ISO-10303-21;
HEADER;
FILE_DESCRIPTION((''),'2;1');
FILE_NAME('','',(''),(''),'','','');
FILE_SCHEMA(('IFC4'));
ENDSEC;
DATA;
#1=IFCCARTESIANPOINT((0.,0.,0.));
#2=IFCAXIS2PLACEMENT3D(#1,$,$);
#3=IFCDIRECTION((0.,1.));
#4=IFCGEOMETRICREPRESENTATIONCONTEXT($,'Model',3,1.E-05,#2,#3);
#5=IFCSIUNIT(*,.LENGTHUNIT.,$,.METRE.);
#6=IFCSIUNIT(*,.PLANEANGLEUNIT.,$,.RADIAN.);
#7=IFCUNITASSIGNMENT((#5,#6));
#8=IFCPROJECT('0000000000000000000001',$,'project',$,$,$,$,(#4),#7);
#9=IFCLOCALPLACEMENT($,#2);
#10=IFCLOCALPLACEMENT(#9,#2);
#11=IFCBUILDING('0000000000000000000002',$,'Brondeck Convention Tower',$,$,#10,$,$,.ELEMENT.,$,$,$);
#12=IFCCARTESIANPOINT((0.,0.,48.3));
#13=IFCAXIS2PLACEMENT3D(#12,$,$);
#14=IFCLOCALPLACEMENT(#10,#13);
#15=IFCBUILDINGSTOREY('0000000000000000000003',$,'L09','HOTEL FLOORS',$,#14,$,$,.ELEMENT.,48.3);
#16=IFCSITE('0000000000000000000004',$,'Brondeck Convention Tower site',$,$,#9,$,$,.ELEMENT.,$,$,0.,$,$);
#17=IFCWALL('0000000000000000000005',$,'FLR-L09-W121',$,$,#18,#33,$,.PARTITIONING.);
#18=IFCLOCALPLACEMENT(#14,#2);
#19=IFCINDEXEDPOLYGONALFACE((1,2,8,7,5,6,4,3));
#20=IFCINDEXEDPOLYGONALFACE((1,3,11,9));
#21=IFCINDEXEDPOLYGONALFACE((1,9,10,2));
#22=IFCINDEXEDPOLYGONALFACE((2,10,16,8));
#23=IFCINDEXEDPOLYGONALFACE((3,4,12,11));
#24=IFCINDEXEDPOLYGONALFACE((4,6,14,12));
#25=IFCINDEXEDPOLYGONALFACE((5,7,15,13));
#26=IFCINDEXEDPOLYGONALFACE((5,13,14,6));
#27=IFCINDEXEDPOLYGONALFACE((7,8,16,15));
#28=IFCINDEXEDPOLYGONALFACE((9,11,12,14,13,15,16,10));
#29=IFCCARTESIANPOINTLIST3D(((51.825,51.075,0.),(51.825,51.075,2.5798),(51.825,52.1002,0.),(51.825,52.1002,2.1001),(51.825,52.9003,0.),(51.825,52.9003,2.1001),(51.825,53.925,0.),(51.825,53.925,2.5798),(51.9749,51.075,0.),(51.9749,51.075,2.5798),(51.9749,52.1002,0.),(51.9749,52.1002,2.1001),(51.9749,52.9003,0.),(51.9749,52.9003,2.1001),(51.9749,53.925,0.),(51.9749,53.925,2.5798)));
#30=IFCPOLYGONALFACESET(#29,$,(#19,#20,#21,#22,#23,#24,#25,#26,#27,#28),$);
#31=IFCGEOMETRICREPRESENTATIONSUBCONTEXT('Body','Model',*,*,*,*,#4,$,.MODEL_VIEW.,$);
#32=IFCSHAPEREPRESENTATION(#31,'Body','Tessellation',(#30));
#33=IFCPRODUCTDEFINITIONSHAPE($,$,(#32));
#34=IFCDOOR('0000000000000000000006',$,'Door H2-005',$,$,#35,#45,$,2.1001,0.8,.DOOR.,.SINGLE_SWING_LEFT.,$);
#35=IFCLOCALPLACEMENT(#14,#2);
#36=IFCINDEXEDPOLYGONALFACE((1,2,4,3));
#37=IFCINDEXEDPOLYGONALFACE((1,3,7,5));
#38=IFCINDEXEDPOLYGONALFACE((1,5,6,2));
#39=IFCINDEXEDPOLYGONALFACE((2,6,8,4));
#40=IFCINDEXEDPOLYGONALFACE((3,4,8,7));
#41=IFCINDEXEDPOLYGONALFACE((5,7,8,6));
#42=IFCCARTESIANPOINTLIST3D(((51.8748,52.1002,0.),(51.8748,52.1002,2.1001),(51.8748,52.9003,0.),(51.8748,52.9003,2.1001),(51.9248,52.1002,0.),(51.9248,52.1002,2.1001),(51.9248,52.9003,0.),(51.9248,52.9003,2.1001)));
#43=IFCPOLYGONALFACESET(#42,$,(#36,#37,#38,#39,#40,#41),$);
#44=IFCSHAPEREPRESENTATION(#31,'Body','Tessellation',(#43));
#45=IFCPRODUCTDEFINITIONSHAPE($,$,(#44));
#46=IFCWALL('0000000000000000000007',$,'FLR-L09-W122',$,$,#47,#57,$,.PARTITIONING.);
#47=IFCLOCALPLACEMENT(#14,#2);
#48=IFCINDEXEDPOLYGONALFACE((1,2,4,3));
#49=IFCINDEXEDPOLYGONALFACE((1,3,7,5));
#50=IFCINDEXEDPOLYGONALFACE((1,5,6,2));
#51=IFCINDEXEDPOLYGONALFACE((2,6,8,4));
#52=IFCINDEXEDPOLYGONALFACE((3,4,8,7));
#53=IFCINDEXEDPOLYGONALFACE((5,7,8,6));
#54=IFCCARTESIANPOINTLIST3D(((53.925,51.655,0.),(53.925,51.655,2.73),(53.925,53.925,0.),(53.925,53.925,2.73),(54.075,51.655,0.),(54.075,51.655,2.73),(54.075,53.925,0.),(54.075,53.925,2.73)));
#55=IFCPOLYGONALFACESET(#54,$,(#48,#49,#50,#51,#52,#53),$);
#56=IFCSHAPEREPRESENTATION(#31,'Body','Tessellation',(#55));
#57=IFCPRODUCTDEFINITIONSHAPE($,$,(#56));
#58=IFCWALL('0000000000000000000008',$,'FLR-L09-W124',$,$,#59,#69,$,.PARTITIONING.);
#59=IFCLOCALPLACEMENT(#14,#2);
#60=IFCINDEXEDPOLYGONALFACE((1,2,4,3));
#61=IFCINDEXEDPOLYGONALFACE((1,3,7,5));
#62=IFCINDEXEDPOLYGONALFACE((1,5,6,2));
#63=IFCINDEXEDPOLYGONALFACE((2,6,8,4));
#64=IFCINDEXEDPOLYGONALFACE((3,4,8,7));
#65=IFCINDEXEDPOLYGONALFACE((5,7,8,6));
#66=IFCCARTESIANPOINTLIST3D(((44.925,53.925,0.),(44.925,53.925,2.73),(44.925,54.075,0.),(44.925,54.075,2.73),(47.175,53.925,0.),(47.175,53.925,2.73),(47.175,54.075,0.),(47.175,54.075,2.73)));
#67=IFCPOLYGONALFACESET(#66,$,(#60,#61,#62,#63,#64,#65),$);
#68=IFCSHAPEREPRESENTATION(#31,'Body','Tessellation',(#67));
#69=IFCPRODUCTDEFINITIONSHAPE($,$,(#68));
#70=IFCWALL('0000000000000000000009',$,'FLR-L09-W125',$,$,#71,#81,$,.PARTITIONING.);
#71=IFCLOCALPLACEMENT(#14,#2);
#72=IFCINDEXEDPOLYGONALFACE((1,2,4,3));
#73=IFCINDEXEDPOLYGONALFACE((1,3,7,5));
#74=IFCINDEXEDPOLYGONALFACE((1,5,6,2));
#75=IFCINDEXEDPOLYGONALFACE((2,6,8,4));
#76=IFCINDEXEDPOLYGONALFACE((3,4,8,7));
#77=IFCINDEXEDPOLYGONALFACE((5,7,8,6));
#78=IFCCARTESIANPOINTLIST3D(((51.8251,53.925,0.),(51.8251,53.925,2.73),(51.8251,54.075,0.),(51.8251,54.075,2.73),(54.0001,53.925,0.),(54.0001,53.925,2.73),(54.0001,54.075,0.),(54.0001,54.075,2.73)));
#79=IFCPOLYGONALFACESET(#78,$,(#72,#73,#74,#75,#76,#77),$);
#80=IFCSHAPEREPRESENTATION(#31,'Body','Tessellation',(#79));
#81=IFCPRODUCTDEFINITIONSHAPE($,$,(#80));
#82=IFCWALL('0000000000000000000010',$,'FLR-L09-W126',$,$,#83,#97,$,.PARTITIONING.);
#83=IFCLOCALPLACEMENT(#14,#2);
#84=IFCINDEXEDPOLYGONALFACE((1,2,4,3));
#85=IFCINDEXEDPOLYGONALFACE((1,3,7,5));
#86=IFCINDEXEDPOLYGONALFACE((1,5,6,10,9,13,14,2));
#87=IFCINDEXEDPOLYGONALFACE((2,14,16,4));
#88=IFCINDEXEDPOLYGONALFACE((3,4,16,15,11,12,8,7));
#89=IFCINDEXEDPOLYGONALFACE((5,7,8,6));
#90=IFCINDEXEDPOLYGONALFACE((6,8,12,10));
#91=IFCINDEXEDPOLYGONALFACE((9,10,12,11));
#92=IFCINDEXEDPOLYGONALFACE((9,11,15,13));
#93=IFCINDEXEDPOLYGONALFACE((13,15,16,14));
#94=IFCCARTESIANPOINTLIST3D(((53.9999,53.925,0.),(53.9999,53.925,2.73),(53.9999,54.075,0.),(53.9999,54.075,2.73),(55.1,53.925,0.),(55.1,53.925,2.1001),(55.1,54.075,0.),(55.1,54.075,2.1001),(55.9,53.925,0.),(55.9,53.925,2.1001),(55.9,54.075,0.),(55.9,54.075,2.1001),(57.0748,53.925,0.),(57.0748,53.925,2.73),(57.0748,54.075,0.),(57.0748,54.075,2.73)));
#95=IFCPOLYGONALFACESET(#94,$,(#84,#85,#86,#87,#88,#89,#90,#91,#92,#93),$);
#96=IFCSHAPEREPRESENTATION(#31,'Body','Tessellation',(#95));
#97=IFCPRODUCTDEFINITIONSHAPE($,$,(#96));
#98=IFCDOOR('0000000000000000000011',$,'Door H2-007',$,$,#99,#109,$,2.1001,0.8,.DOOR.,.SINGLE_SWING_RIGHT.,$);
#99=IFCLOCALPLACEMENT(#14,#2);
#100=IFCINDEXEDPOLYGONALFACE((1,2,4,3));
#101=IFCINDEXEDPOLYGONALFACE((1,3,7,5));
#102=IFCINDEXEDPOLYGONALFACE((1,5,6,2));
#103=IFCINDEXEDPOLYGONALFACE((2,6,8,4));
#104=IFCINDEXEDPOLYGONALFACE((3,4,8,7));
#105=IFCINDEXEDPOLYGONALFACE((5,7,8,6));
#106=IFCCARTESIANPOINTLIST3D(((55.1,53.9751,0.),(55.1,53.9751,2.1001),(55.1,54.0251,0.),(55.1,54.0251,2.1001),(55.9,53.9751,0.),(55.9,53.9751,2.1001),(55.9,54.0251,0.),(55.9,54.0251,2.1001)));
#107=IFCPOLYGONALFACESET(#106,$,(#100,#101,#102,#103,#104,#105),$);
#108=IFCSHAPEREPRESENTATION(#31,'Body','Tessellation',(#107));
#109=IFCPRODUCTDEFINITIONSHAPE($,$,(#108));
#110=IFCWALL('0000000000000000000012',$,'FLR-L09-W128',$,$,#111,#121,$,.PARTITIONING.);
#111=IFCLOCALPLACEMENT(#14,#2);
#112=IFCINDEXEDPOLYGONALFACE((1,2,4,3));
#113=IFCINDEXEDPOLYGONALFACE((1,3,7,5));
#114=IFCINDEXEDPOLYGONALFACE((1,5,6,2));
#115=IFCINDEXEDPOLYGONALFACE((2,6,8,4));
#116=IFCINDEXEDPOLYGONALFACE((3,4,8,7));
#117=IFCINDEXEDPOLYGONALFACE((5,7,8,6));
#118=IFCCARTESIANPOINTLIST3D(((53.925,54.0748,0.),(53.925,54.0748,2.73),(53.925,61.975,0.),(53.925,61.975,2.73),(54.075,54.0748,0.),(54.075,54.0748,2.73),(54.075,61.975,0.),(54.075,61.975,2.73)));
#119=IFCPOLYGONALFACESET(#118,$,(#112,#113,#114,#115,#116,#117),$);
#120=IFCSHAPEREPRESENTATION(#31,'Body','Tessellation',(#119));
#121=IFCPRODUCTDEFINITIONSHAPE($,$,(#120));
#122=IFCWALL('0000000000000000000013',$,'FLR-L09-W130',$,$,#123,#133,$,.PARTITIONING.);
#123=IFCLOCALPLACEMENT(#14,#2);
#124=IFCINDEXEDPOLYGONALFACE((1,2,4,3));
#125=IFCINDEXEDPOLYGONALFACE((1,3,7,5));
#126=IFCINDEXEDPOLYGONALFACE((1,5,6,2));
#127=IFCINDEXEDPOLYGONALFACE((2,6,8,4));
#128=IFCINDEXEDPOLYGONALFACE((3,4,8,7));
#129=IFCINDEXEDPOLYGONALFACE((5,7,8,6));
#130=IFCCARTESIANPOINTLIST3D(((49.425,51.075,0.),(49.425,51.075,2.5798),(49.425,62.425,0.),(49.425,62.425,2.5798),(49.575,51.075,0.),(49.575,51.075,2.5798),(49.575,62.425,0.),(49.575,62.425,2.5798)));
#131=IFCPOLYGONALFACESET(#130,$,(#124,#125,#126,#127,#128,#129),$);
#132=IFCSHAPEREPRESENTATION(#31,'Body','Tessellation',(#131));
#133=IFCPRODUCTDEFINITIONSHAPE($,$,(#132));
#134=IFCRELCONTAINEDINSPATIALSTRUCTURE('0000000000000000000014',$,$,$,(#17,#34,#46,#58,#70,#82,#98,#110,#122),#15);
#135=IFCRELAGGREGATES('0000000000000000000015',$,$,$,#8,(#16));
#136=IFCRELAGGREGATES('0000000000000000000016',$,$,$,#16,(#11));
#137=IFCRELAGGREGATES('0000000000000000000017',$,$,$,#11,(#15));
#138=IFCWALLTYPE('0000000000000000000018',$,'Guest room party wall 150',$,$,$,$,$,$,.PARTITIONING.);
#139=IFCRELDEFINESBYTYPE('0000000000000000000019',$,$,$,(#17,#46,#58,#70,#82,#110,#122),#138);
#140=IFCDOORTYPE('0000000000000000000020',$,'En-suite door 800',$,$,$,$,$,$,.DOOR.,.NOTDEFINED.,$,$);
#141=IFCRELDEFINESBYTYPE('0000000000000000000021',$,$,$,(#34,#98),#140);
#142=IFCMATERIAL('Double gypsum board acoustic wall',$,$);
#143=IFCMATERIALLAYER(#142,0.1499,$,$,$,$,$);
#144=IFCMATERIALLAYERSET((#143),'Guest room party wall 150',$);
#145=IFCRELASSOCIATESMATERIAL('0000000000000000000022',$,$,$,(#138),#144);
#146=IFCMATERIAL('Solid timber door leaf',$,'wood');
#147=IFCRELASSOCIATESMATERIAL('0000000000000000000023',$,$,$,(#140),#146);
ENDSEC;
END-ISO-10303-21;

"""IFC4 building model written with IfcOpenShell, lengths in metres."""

from ifc_helpers import new_model, si_unit, direction, frame, frame_2d, origin, place, context, subcontext, project, spatial, rectangle, extrude, material, layer, layer_set, type_object, element, fill, save


model = new_model("IFC4")

# Units and contexts
model_context = context("Model", 3, precision=1e-05, world=origin(), true_north=direction((0.0, 1.0)))
body_context = subcontext(model_context, "Body", "Model", "MODEL_VIEW")
ifc_project = project(units=[si_unit("LENGTHUNIT", "METRE"), si_unit("PLANEANGLEUNIT", "RADIAN")], contexts=[model_context])

# Site, building, storey
site_placement = place(None, origin())
site = spatial("IfcSite", under=ifc_project, at=site_placement, Name="Brondeck Convention Tower site", CompositionType="ELEMENT", RefElevation=0.0)
building_placement = place(site_placement, origin())
building = spatial("IfcBuilding", under=site, at=building_placement, Name="Brondeck Convention Tower", CompositionType="ELEMENT")
storey_placement = place(building_placement, frame((0.0, 0.0, 48.3)))
storey = spatial("IfcBuildingStorey", under=building, at=storey_placement, Name="L09", Description="HOTEL FLOORS", CompositionType="ELEMENT", Elevation=48.3)

# Shared definitions
ifc_material_1 = material(Name="Double gypsum board acoustic wall")
ifc_layer_1 = layer(ifc_material_1, 0.1499)
ifc_layer_set_1 = layer_set([ifc_layer_1], Name="Guest room party wall 150")
wall_type_1 = type_object("IfcWallType", Name="Guest room party wall 150", PredefinedType="PARTITIONING", material=ifc_layer_set_1)

# Wall, opening, door
wall_1_placement = place(storey_placement, frame((51.8999, 53.925, 0.0), z_axis=(0.0, 0.0, 1.0), x_axis=(0.0, -1.0, 0.0)))
wall_1 = element("IfcWall", 1, at=wall_1_placement, inside=storey, type_object=wall_type_1, Name="FLR-L09-W121", PredefinedType="PARTITIONING", context=body_context, shape_type="SweptSolid", body=[
    extrude(rectangle(XDim=2.8501, YDim=0.1499, at=frame_2d((1.425, 0.0))), origin(), (0.0, 0.0, 1.0), 2.5798),
])
opening_1_placement = place(wall_1_placement, frame((1.0249, 0.0, 0.0)))
opening_1 = element("IfcOpeningElement", 2, at=opening_1_placement, cuts=wall_1, PredefinedType="OPENING", context=body_context, shape_type="SweptSolid", body=[
    extrude(rectangle(XDim=0.8, YDim=2.1001, at=frame_2d((0.3999, 1.05))), frame((0.0, 0.085, 0.0), z_axis=(0.0, -1.0, 0.0), x_axis=(1.0, 0.0, 0.0)), (0.0, 0.0, 1.0), 0.1699),
])
ifc_material_2 = material(Name="Solid timber door leaf", Category="wood")
door_type = type_object("IfcDoorType", Name="En-suite door 800", OperationType="NOTDEFINED", PredefinedType="DOOR", material=ifc_material_2)
door_1_placement = place(opening_1_placement, origin())
door_1 = element("IfcDoor", 3, at=door_1_placement, inside=storey, type_object=door_type, Name="Door H2-005", OperationType="SINGLE_SWING_LEFT", OverallHeight=2.1001, OverallWidth=0.8, PredefinedType="DOOR", context=body_context, shape_type="SweptSolid", body=[
    extrude(rectangle(XDim=0.8, YDim=2.1001, at=frame_2d((0.3999, 1.05))), frame((0.0, 0.0249, 0.0), z_axis=(0.0, -1.0, 0.0), x_axis=(1.0, 0.0, 0.0)), (0.0, 0.0, 1.0), 0.05),
])
fill(opening_1, door_1)

# Walls
wall_2_placement = place(storey_placement, frame((54.0, 53.925, 0.0), z_axis=(0.0, 0.0, 1.0), x_axis=(0.0, -1.0, 0.0)))
element("IfcWall", 4, at=wall_2_placement, inside=storey, type_object=wall_type_1, Name="FLR-L09-W122", PredefinedType="PARTITIONING", context=body_context, shape_type="SweptSolid", body=[
    extrude(rectangle(XDim=2.27, YDim=0.1499, at=frame_2d((1.135, 0.0))), origin(), (0.0, 0.0, 1.0), 2.73),
])
wall_3_placement = place(storey_placement, frame((47.175, 54.0, 0.0), z_axis=(0.0, 0.0, 1.0), x_axis=(-1.0, 0.0, 0.0)))
element("IfcWall", 5, at=wall_3_placement, inside=storey, type_object=wall_type_1, Name="FLR-L09-W124", PredefinedType="PARTITIONING", context=body_context, shape_type="SweptSolid", body=[
    extrude(rectangle(XDim=2.25, YDim=0.1499, at=frame_2d((1.125, 0.0))), origin(), (0.0, 0.0, 1.0), 2.73),
])
wall_4_placement = place(storey_placement, frame((54.0, 54.0, 0.0), z_axis=(0.0, 0.0, 1.0), x_axis=(-1.0, 0.0, 0.0)))
element("IfcWall", 6, at=wall_4_placement, inside=storey, type_object=wall_type_1, Name="FLR-L09-W125", PredefinedType="PARTITIONING", context=body_context, shape_type="SweptSolid", body=[
    extrude(rectangle(XDim=2.175, YDim=0.1499, at=frame_2d((1.0874, 0.0))), origin(), (0.0, 0.0, 1.0), 2.73),
])

# Wall, opening, door
wall_5_placement = place(storey_placement, frame((57.075, 54.0, 0.0), z_axis=(0.0, 0.0, 1.0), x_axis=(-1.0, 0.0, 0.0)))
wall_5 = element("IfcWall", 7, at=wall_5_placement, inside=storey, type_object=wall_type_1, Name="FLR-L09-W126", PredefinedType="PARTITIONING", context=body_context, shape_type="SweptSolid", body=[
    extrude(rectangle(XDim=3.075, YDim=0.1499, at=frame_2d((1.5376, 0.0))), origin(), (0.0, 0.0, 1.0), 2.73),
])
opening_2_placement = place(wall_5_placement, frame((1.175, 0.0, 0.0)))
opening_2 = element("IfcOpeningElement", 8, at=opening_2_placement, cuts=wall_5, PredefinedType="OPENING", context=body_context, shape_type="SweptSolid", body=[
    extrude(rectangle(XDim=0.8, YDim=2.1001, at=frame_2d((0.3999, 1.05))), frame((0.0, 0.085, 0.0), z_axis=(0.0, -1.0, 0.0), x_axis=(1.0, 0.0, 0.0)), (0.0, 0.0, 1.0), 0.1699),
])
door_2_placement = place(opening_2_placement, origin())
door_2 = element("IfcDoor", 9, at=door_2_placement, inside=storey, type_object=door_type, Name="Door H2-007", OperationType="SINGLE_SWING_RIGHT", OverallHeight=2.1001, OverallWidth=0.8, PredefinedType="DOOR", context=body_context, shape_type="SweptSolid", body=[
    extrude(rectangle(XDim=0.8, YDim=2.1001, at=frame_2d((0.3999, 1.05))), frame((0.0, 0.0249, 0.0), z_axis=(0.0, -1.0, 0.0), x_axis=(1.0, 0.0, 0.0)), (0.0, 0.0, 1.0), 0.05),
])
fill(opening_2, door_2)

# Walls
wall_6_placement = place(storey_placement, frame((54.0, 61.9751, 0.0), z_axis=(0.0, 0.0, 1.0), x_axis=(0.0, -1.0, 0.0)))
element("IfcWall", 10, at=wall_6_placement, inside=storey, type_object=wall_type_1, Name="FLR-L09-W128", PredefinedType="PARTITIONING", context=body_context, shape_type="SweptSolid", body=[
    extrude(rectangle(XDim=7.9001, YDim=0.1499, at=frame_2d((3.9502, 0.0))), origin(), (0.0, 0.0, 1.0), 2.73),
])
wall_7_placement = place(storey_placement, frame((49.5, 62.425, 0.0), z_axis=(0.0, 0.0, 1.0), x_axis=(0.0, -1.0, 0.0)))
element("IfcWall", 11, at=wall_7_placement, inside=storey, type_object=wall_type_1, Name="FLR-L09-W130", PredefinedType="PARTITIONING", context=body_context, shape_type="SweptSolid", body=[
    extrude(rectangle(XDim=11.3501, YDim=0.1499, at=frame_2d((5.675, 0.0))), origin(), (0.0, 0.0, 1.0), 2.5798),
])

save(model, "model.ifc")
